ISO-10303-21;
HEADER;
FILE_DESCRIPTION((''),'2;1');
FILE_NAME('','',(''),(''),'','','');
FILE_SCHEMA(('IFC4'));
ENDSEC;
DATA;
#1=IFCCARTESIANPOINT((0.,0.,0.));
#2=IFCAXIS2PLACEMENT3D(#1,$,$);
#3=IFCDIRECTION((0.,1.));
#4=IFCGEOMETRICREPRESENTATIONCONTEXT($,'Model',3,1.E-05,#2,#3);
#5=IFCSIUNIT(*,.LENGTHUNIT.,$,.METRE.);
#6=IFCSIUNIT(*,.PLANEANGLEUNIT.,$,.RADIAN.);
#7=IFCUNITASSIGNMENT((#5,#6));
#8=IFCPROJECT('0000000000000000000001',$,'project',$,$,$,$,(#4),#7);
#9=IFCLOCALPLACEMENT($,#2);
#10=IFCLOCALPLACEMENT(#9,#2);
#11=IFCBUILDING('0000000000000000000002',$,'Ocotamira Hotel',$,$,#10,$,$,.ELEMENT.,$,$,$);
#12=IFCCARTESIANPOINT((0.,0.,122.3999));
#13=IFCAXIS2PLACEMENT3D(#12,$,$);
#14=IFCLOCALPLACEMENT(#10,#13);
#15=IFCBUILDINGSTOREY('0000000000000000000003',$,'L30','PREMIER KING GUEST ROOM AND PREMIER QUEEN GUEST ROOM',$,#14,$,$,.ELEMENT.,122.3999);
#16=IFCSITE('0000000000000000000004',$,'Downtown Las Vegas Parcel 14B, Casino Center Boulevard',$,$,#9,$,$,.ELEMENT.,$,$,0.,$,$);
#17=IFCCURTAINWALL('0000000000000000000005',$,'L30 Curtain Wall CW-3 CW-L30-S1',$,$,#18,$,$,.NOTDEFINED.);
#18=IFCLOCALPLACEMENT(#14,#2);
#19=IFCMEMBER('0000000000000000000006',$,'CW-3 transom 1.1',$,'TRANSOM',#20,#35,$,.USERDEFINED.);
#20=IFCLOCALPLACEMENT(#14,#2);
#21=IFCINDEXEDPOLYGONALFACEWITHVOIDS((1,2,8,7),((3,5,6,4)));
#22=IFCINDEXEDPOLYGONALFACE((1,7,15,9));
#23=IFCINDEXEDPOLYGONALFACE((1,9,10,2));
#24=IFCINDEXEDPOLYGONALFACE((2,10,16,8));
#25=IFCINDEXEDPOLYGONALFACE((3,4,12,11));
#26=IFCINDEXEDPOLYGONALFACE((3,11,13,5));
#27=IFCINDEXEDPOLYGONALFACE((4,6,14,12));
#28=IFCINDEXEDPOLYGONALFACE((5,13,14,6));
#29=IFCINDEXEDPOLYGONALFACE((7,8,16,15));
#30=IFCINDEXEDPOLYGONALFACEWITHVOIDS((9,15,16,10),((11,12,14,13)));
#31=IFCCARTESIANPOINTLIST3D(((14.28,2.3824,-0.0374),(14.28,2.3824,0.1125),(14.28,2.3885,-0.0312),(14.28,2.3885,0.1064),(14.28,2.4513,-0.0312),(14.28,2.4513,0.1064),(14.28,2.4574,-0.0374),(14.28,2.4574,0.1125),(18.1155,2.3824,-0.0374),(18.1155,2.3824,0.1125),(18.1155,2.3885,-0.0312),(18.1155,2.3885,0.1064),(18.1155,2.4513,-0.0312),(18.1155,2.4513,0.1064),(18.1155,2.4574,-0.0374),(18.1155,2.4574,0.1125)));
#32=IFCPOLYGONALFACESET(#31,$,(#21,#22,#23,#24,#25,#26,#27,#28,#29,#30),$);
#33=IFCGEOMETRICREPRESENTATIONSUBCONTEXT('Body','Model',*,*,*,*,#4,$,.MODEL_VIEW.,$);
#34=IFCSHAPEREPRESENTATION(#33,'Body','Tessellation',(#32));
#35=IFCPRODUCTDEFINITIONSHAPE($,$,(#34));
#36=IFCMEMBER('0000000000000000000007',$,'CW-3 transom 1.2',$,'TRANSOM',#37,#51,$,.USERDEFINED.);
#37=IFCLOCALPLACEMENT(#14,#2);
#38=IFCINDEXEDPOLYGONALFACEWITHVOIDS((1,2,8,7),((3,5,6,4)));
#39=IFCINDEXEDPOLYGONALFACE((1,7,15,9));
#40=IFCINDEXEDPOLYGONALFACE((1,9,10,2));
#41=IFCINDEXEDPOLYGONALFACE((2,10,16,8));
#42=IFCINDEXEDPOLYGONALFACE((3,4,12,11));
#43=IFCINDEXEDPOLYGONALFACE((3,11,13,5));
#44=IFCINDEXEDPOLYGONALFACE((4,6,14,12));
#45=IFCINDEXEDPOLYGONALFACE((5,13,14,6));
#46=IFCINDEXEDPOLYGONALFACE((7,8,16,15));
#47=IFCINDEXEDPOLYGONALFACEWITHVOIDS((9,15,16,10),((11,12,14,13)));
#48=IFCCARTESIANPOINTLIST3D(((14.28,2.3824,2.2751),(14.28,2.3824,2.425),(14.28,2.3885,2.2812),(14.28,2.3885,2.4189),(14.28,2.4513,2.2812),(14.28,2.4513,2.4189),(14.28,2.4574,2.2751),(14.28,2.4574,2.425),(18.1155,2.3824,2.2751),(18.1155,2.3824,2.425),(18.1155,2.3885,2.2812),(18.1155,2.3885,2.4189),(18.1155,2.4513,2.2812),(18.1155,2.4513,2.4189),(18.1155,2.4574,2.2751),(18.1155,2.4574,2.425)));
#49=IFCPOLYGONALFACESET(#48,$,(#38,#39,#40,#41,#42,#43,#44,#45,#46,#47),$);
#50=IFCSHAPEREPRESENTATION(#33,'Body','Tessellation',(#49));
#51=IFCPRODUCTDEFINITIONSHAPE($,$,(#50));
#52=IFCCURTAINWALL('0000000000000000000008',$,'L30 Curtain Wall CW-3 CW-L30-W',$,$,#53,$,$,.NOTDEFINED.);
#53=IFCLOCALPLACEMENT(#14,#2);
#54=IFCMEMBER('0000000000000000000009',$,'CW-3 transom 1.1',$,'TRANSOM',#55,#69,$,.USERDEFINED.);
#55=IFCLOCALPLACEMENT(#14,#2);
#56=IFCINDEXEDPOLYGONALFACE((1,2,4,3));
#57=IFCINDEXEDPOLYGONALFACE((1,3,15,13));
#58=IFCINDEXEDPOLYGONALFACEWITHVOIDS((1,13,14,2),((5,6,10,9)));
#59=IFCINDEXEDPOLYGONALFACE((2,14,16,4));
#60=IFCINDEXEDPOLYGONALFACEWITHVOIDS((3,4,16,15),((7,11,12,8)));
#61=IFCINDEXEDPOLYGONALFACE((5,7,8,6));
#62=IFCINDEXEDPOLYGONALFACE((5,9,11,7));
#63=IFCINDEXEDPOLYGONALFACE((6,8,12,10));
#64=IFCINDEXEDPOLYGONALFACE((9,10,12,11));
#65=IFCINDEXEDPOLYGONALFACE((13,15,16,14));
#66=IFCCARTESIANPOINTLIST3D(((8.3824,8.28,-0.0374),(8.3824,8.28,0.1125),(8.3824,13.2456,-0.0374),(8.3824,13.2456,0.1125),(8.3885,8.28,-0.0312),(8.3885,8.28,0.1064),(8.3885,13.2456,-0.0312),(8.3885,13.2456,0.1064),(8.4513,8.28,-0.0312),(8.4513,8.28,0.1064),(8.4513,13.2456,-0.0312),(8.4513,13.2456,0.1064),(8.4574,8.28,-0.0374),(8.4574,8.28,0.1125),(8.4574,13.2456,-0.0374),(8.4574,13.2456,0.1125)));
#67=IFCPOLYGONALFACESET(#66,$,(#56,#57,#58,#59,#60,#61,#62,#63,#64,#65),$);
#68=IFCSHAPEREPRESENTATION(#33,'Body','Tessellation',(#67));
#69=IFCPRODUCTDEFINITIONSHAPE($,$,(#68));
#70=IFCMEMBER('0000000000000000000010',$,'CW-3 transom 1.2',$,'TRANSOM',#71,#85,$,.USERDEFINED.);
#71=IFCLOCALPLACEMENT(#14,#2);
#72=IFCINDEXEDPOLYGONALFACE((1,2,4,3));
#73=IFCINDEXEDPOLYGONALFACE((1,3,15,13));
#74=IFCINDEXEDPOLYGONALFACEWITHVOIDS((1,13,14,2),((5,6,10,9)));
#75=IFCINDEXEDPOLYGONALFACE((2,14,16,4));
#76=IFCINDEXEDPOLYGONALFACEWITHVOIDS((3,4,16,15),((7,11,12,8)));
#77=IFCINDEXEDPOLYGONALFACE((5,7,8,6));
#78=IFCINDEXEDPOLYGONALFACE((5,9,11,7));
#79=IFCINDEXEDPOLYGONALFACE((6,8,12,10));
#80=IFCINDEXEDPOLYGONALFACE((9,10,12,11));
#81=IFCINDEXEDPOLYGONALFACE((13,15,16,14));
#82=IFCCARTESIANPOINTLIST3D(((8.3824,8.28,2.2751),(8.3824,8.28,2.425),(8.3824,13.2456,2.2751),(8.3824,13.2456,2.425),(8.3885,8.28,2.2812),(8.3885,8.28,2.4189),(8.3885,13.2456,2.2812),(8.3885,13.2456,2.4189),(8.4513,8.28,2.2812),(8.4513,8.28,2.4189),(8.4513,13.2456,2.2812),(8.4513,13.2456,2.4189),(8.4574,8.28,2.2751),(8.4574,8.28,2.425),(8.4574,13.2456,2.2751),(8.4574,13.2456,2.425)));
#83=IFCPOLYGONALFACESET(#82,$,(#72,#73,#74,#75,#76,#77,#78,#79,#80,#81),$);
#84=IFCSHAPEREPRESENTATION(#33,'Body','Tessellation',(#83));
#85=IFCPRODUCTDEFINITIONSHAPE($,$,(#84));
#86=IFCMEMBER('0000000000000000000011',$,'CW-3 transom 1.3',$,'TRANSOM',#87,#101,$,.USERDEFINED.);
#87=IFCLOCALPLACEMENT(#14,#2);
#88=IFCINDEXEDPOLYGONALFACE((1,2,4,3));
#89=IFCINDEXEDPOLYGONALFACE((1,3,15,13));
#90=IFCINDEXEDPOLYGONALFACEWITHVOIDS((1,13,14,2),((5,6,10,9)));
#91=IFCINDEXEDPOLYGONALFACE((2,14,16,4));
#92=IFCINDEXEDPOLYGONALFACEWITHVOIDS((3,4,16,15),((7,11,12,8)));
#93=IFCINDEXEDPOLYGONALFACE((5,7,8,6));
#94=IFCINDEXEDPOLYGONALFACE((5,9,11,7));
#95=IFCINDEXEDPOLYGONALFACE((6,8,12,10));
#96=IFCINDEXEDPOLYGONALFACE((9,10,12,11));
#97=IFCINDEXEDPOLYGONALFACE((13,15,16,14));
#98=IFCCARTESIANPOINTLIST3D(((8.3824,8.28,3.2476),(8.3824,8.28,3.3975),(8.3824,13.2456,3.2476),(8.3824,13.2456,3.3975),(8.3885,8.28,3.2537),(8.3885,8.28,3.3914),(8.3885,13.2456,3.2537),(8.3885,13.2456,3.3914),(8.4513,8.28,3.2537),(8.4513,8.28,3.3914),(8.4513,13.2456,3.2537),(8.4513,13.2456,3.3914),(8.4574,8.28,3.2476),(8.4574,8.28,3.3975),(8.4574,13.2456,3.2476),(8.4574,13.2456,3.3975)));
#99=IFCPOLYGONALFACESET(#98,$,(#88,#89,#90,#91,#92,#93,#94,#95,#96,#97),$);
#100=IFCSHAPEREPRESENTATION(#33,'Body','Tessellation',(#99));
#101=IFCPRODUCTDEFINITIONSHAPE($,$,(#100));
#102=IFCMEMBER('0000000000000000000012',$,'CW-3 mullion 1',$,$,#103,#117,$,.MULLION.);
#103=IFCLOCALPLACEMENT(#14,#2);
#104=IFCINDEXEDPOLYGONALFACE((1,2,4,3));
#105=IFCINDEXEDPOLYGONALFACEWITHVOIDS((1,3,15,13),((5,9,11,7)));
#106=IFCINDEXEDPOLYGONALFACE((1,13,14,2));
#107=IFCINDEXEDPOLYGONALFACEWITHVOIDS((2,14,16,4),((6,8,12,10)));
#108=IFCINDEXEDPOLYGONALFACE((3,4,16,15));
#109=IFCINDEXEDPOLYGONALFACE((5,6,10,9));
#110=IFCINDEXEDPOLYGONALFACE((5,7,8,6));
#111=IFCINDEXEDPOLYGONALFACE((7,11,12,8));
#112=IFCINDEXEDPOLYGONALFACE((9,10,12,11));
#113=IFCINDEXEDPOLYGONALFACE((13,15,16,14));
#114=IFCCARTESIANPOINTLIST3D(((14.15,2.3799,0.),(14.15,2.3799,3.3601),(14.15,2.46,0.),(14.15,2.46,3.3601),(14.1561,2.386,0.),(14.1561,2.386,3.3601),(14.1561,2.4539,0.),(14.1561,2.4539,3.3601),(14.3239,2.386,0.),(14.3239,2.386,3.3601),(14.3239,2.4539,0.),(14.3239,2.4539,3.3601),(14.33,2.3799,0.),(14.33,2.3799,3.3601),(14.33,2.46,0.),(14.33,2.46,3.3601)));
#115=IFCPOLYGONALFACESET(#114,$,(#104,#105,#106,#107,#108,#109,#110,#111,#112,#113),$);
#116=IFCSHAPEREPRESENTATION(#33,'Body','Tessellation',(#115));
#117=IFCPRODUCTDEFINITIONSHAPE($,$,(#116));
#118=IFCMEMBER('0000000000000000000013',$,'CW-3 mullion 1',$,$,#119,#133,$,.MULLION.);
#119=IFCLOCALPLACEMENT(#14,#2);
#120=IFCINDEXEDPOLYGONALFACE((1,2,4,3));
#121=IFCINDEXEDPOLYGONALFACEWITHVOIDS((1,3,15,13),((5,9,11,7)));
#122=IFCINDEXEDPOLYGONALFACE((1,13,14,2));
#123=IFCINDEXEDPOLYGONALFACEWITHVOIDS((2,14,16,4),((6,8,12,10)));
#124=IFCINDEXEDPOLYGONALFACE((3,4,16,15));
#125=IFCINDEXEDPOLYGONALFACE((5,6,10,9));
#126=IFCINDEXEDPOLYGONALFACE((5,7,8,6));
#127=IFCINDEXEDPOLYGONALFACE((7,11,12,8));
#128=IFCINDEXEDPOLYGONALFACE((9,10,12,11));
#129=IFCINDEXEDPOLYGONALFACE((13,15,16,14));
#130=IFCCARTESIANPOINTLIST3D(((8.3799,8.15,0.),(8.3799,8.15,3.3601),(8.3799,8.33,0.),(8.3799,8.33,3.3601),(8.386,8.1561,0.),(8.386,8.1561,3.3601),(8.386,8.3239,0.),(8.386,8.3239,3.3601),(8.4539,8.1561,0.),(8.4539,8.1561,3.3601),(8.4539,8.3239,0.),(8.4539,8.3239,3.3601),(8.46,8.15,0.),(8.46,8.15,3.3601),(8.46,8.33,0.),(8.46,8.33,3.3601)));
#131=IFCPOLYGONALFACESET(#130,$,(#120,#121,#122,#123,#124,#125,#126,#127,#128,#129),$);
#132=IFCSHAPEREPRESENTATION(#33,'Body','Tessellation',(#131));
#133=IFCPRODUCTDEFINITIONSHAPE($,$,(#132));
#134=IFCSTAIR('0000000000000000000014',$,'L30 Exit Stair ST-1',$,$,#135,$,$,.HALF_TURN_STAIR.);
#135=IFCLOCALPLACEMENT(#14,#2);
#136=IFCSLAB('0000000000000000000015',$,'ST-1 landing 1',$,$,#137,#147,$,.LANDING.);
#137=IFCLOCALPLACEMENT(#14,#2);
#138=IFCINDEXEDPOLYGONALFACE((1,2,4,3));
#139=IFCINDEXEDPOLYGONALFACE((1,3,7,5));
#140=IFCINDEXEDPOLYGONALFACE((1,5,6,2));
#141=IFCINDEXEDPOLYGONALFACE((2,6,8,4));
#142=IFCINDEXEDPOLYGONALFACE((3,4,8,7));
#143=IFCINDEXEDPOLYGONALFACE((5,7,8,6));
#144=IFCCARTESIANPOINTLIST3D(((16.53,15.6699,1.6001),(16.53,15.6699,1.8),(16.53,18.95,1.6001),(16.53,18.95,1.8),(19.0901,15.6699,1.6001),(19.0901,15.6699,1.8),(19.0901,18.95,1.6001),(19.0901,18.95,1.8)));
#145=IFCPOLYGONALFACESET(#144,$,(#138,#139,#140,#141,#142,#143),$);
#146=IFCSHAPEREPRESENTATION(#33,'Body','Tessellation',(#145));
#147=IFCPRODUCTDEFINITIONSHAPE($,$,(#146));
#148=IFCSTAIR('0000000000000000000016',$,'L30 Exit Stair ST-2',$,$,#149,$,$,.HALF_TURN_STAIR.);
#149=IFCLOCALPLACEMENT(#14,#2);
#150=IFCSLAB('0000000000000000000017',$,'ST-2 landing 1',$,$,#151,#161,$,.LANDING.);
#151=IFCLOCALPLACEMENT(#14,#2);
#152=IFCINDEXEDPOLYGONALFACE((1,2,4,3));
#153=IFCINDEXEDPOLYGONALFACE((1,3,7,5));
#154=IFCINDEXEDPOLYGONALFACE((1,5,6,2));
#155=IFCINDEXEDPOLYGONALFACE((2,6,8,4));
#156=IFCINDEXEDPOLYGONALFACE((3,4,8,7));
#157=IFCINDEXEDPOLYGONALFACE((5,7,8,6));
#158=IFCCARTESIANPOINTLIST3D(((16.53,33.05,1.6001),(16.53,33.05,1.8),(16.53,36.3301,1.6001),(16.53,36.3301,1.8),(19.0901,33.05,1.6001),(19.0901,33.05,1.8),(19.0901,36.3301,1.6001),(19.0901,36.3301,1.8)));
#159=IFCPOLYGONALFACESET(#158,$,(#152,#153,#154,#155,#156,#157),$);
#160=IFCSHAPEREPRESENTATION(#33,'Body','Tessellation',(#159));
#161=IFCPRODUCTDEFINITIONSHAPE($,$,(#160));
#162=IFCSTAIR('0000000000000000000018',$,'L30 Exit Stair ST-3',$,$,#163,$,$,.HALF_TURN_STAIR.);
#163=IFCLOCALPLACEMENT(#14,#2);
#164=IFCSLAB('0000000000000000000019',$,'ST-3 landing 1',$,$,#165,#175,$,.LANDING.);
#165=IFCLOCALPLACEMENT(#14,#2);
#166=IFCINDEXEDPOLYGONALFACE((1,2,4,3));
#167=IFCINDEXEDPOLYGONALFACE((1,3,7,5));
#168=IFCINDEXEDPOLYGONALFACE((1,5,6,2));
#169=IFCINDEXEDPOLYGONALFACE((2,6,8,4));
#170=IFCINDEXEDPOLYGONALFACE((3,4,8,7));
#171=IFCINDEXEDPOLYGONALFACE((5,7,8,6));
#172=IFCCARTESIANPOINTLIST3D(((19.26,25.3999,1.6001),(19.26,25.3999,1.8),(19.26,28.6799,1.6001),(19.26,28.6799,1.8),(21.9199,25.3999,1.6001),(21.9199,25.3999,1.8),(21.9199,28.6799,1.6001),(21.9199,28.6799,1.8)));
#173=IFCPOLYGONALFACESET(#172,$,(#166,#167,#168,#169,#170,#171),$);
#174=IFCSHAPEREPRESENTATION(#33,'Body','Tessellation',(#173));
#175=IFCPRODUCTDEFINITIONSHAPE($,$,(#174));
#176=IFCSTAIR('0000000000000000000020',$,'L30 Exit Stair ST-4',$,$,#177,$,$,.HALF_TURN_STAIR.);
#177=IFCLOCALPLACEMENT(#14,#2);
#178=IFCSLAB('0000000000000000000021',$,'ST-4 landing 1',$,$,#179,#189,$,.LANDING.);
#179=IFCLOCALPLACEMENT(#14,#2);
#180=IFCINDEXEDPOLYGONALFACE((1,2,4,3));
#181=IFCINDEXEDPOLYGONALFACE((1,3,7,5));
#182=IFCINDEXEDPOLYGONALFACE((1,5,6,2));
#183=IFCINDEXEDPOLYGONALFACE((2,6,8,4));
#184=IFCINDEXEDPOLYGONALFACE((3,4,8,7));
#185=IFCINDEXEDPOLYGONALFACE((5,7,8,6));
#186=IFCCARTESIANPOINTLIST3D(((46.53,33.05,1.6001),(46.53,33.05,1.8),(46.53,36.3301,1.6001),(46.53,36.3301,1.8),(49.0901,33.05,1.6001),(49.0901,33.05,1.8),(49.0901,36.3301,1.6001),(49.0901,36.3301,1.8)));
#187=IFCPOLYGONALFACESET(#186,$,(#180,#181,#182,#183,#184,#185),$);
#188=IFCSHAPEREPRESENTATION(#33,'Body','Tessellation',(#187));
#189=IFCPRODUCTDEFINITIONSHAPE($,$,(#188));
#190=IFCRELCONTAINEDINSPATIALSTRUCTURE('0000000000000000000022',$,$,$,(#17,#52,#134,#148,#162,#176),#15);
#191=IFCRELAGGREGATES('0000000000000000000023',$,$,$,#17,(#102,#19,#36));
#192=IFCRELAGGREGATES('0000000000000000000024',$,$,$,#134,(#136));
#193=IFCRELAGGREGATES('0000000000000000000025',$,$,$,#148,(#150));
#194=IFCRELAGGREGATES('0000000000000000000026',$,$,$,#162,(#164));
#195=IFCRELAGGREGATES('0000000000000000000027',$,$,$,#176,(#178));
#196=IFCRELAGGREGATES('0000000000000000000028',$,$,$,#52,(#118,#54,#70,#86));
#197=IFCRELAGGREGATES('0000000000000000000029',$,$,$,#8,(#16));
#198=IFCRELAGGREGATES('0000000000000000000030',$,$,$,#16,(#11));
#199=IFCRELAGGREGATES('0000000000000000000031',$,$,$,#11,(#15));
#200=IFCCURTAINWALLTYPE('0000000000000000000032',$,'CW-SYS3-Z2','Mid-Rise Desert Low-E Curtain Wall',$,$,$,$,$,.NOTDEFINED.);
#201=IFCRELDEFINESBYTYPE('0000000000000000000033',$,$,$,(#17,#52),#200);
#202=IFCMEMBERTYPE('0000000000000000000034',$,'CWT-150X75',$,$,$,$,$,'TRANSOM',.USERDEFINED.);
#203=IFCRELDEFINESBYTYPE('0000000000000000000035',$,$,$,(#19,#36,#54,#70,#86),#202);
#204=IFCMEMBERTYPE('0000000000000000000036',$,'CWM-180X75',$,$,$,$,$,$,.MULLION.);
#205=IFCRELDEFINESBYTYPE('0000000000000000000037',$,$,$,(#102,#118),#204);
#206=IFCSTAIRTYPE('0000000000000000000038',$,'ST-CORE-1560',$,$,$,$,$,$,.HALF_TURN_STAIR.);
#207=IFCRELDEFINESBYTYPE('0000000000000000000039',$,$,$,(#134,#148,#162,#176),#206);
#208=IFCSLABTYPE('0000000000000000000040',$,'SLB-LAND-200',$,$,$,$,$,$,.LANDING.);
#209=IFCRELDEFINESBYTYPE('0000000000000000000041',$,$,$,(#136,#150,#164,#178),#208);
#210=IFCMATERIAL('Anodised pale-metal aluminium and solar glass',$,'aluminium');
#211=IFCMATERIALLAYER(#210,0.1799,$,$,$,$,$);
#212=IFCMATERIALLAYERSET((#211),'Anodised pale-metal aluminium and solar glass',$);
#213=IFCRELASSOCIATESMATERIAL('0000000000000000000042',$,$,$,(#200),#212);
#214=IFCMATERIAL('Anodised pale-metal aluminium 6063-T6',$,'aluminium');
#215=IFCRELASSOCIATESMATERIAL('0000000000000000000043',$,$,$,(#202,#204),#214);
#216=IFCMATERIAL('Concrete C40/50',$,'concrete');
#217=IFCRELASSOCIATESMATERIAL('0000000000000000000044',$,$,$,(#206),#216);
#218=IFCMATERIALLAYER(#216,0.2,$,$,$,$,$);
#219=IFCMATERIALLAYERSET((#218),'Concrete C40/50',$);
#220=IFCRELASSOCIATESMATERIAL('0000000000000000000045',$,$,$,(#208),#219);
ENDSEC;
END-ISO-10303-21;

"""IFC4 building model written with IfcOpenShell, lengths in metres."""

from ifc_helpers import new_model, si_unit, direction, frame, origin, origin_2d, place, context, subcontext, project, spatial, polyline, hollow_rectangle, outline, extrude, source, transform, mapped, material, layer, layer_set, material_profile, profile_set, type_object, element, aggregate, save


model = new_model("IFC4")

# Units and contexts
model_context = context("Model", 3, precision=1e-05, world=origin(), true_north=direction((0.0, 1.0)))
body_context = subcontext(model_context, "Body", "Model", "MODEL_VIEW")
ifc_project = project(units=[si_unit("LENGTHUNIT", "METRE"), si_unit("PLANEANGLEUNIT", "RADIAN")], contexts=[model_context])

# Site, building, storey
site_placement = place(None, origin())
site = spatial("IfcSite", under=ifc_project, at=site_placement, Name="Downtown Las Vegas Parcel 14B, Casino Center Boulevard", CompositionType="ELEMENT", RefElevation=0.0)
building_placement = place(site_placement, origin())
building = spatial("IfcBuilding", under=site, at=building_placement, Name="Ocotamira Hotel", CompositionType="ELEMENT")
storey_placement = place(building_placement, frame((0.0, 0.0, 122.3999)))
storey = spatial("IfcBuildingStorey", under=building, at=storey_placement, Name="L30", Description="PREMIER KING GUEST ROOM AND PREMIER QUEEN GUEST ROOM", CompositionType="ELEMENT", Elevation=122.3999)

# Curtain walls, members
ifc_material_1 = material(Name="Anodised pale-metal aluminium and solar glass", Category="aluminium")
ifc_layer_1 = layer(ifc_material_1, 0.1799)
ifc_layer_set_1 = layer_set([ifc_layer_1], Name="Anodised pale-metal aluminium and solar glass")
curtain_wall_type = type_object("IfcCurtainWallType", Name="CW-SYS3-Z2", Description="Mid-Rise Desert Low-E Curtain Wall", PredefinedType="NOTDEFINED", material=ifc_layer_set_1)
curtain_wall_1_placement = place(storey_placement, origin())
curtain_wall_1 = element("IfcCurtainWall", 1, at=curtain_wall_1_placement, inside=storey, type_object=curtain_wall_type, Name="L30 Curtain Wall CW-3 CW-L30-S1", PredefinedType="NOTDEFINED")
ifc_material_2 = material(Name="Anodised pale-metal aluminium 6063-T6", Category="aluminium")
ifc_material_profile_1 = material_profile(ifc_material_2, hollow_rectangle(XDim=0.075, YDim=0.1499, WallThickness=0.0061, at=origin_2d()), Name="HSS150X75X6")
ifc_profile_set_1 = profile_set([ifc_material_profile_1], Name="Anodised pale-metal aluminium 6063-T6")
member_type_1 = type_object("IfcMemberType", Name="CWT-150X75", ElementType="TRANSOM", PredefinedType="USERDEFINED", material=ifc_profile_set_1)
shared_shape_1 = source(origin(), body_context, "Body", "SweptSolid", [
    extrude(hollow_rectangle(XDim=0.075, YDim=0.1499, WallThickness=0.0061, at=origin_2d()), origin(), (0.0, 0.0, 1.0), 3.8354),
])
member_1_placement = place(storey_placement, frame((14.28, 2.4199, 0.0376), z_axis=(1.0, 0.0, 0.0), x_axis=(0.0, 1.0, 0.0)))
member_1 = element("IfcMember", 2, at=member_1_placement, type_object=member_type_1, Name="CW-3 transom 1.1", ObjectType="TRANSOM", PredefinedType="USERDEFINED", context=body_context, shape_type="MappedRepresentation", body=[
    mapped(shared_shape_1, transform((0.0, 0.0, 0.0), scale=1.0)),
])
member_2_placement = place(storey_placement, frame((14.28, 2.4199, 2.3501), z_axis=(1.0, 0.0, 0.0), x_axis=(0.0, 1.0, 0.0)))
member_2 = element("IfcMember", 3, at=member_2_placement, type_object=member_type_1, Name="CW-3 transom 1.2", ObjectType="TRANSOM", PredefinedType="USERDEFINED", context=body_context, shape_type="MappedRepresentation", body=[
    mapped(shared_shape_1, transform((0.0, 0.0, 0.0), scale=1.0)),
])
curtain_wall_2_placement = place(storey_placement, origin())
curtain_wall_2 = element("IfcCurtainWall", 4, at=curtain_wall_2_placement, inside=storey, type_object=curtain_wall_type, Name="L30 Curtain Wall CW-3 CW-L30-W", PredefinedType="NOTDEFINED")
shared_shape_2 = source(origin(), body_context, "Body", "SweptSolid", [
    extrude(hollow_rectangle(XDim=0.075, YDim=0.1499, WallThickness=0.0061, at=origin_2d()), origin(), (0.0, 0.0, 1.0), 4.9656),
])
member_3_placement = place(storey_placement, frame((8.4199, 8.28, 0.0376), z_axis=(0.0, 1.0, 0.0), x_axis=(-1.0, 0.0, 0.0)))
member_3 = element("IfcMember", 5, at=member_3_placement, type_object=member_type_1, Name="CW-3 transom 1.1", ObjectType="TRANSOM", PredefinedType="USERDEFINED", context=body_context, shape_type="MappedRepresentation", body=[
    mapped(shared_shape_2, transform((0.0, 0.0, 0.0), scale=1.0)),
])
member_4_placement = place(storey_placement, frame((8.4199, 8.28, 2.3501), z_axis=(0.0, 1.0, 0.0), x_axis=(-1.0, 0.0, 0.0)))
member_4 = element("IfcMember", 6, at=member_4_placement, type_object=member_type_1, Name="CW-3 transom 1.2", ObjectType="TRANSOM", PredefinedType="USERDEFINED", context=body_context, shape_type="MappedRepresentation", body=[
    mapped(shared_shape_2, transform((0.0, 0.0, 0.0), scale=1.0)),
])
member_5_placement = place(storey_placement, frame((8.4199, 8.28, 3.3225), z_axis=(0.0, 1.0, 0.0), x_axis=(-1.0, 0.0, 0.0)))
member_5 = element("IfcMember", 7, at=member_5_placement, type_object=member_type_1, Name="CW-3 transom 1.3", ObjectType="TRANSOM", PredefinedType="USERDEFINED", context=body_context, shape_type="MappedRepresentation", body=[
    mapped(shared_shape_2, transform((0.0, 0.0, 0.0), scale=1.0)),
])

# Members
ifc_material_profile_2 = material_profile(ifc_material_2, hollow_rectangle(XDim=0.0801, YDim=0.1799, WallThickness=0.0061, at=origin_2d()), Name="HSS180X80X6")
ifc_profile_set_2 = profile_set([ifc_material_profile_2], Name="Anodised pale-metal aluminium 6063-T6")
member_type_2 = type_object("IfcMemberType", Name="CWM-180X75", PredefinedType="MULLION", material=ifc_profile_set_2)
shared_shape_3 = source(origin(), body_context, "Body", "SweptSolid", [
    extrude(hollow_rectangle(XDim=0.0801, YDim=0.1799, WallThickness=0.0061, at=origin_2d()), origin(), (0.0, 0.0, 1.0), 3.3601),
])
member_6_placement = place(storey_placement, frame((14.24, 2.4199, 0.0), z_axis=(0.0, 0.0, 1.0), x_axis=(0.0, 1.0, 0.0)))
member_6 = element("IfcMember", 8, at=member_6_placement, type_object=member_type_2, Name="CW-3 mullion 1", PredefinedType="MULLION", context=body_context, shape_type="MappedRepresentation", body=[
    mapped(shared_shape_3, transform((0.0, 0.0, 0.0), scale=1.0)),
])
aggregate(curtain_wall_1, [member_6, member_1, member_2])
member_7_placement = place(storey_placement, frame((8.4199, 8.24, 0.0), z_axis=(0.0, 0.0, 1.0), x_axis=(-1.0, 0.0, 0.0)))
member_7 = element("IfcMember", 9, at=member_7_placement, type_object=member_type_2, Name="CW-3 mullion 1", PredefinedType="MULLION", context=body_context, shape_type="MappedRepresentation", body=[
    mapped(shared_shape_3, transform((0.0, 0.0, 0.0), scale=1.0)),
])

# Stairs, slabs
ifc_material_3 = material(Name="Concrete C40/50", Category="concrete")
stair_type = type_object("IfcStairType", Name="ST-CORE-1560", PredefinedType="HALF_TURN_STAIR", material=ifc_material_3)
stair_1_placement = place(storey_placement, origin())
stair_1 = element("IfcStair", 10, at=stair_1_placement, inside=storey, type_object=stair_type, Name="L30 Exit Stair ST-1", PredefinedType="HALF_TURN_STAIR")
ifc_layer_2 = layer(ifc_material_3, 0.2)
ifc_layer_set_2 = layer_set([ifc_layer_2], Name="Concrete C40/50")
slab_type_1 = type_object("IfcSlabType", Name="SLB-LAND-200", PredefinedType="LANDING", material=ifc_layer_set_2)
slab_1_placement = place(storey_placement, frame((0.0, 0.0, 1.6001)))
slab_1 = element("IfcSlab", 11, at=slab_1_placement, type_object=slab_type_1, Name="ST-1 landing 1", PredefinedType="LANDING", context=body_context, shape_type="SweptSolid", body=[
    extrude(outline(polyline([(16.53, 15.6699), (19.0901, 15.6699), (19.0901, 18.95), (16.53, 18.95), (16.53, 15.6699)])), origin(), (0.0, 0.0, 1.0), 0.2),
])
aggregate(stair_1, [slab_1])
stair_2_placement = place(storey_placement, origin())
stair_2 = element("IfcStair", 12, at=stair_2_placement, inside=storey, type_object=stair_type, Name="L30 Exit Stair ST-2", PredefinedType="HALF_TURN_STAIR")
slab_2_placement = place(storey_placement, frame((0.0, 0.0, 1.6001)))
slab_2 = element("IfcSlab", 13, at=slab_2_placement, type_object=slab_type_1, Name="ST-2 landing 1", PredefinedType="LANDING", context=body_context, shape_type="SweptSolid", body=[
    extrude(outline(polyline([(16.53, 33.05), (19.0901, 33.05), (19.0901, 36.3301), (16.53, 36.3301), (16.53, 33.05)])), origin(), (0.0, 0.0, 1.0), 0.2),
])
aggregate(stair_2, [slab_2])
stair_3_placement = place(storey_placement, origin())
stair_3 = element("IfcStair", 14, at=stair_3_placement, inside=storey, type_object=stair_type, Name="L30 Exit Stair ST-3", PredefinedType="HALF_TURN_STAIR")
slab_3_placement = place(storey_placement, frame((0.0, 0.0, 1.6001)))
slab_3 = element("IfcSlab", 15, at=slab_3_placement, type_object=slab_type_1, Name="ST-3 landing 1", PredefinedType="LANDING", context=body_context, shape_type="SweptSolid", body=[
    extrude(outline(polyline([(19.26, 25.3999), (21.9199, 25.3999), (21.9199, 28.6799), (19.26, 28.6799), (19.26, 25.3999)])), origin(), (0.0, 0.0, 1.0), 0.2),
])
aggregate(stair_3, [slab_3])
stair_4_placement = place(storey_placement, origin())
stair_4 = element("IfcStair", 16, at=stair_4_placement, inside=storey, type_object=stair_type, Name="L30 Exit Stair ST-4", PredefinedType="HALF_TURN_STAIR")
slab_4_placement = place(storey_placement, frame((0.0, 0.0, 1.6001)))
slab_4 = element("IfcSlab", 17, at=slab_4_placement, type_object=slab_type_1, Name="ST-4 landing 1", PredefinedType="LANDING", context=body_context, shape_type="SweptSolid", body=[
    extrude(outline(polyline([(46.53, 33.05), (49.0901, 33.05), (49.0901, 36.3301), (46.53, 36.3301), (46.53, 33.05)])), origin(), (0.0, 0.0, 1.0), 0.2),
])
aggregate(stair_4, [slab_4])

aggregate(curtain_wall_2, [member_7, member_3, member_4, member_5])

save(model, "model.ifc")
